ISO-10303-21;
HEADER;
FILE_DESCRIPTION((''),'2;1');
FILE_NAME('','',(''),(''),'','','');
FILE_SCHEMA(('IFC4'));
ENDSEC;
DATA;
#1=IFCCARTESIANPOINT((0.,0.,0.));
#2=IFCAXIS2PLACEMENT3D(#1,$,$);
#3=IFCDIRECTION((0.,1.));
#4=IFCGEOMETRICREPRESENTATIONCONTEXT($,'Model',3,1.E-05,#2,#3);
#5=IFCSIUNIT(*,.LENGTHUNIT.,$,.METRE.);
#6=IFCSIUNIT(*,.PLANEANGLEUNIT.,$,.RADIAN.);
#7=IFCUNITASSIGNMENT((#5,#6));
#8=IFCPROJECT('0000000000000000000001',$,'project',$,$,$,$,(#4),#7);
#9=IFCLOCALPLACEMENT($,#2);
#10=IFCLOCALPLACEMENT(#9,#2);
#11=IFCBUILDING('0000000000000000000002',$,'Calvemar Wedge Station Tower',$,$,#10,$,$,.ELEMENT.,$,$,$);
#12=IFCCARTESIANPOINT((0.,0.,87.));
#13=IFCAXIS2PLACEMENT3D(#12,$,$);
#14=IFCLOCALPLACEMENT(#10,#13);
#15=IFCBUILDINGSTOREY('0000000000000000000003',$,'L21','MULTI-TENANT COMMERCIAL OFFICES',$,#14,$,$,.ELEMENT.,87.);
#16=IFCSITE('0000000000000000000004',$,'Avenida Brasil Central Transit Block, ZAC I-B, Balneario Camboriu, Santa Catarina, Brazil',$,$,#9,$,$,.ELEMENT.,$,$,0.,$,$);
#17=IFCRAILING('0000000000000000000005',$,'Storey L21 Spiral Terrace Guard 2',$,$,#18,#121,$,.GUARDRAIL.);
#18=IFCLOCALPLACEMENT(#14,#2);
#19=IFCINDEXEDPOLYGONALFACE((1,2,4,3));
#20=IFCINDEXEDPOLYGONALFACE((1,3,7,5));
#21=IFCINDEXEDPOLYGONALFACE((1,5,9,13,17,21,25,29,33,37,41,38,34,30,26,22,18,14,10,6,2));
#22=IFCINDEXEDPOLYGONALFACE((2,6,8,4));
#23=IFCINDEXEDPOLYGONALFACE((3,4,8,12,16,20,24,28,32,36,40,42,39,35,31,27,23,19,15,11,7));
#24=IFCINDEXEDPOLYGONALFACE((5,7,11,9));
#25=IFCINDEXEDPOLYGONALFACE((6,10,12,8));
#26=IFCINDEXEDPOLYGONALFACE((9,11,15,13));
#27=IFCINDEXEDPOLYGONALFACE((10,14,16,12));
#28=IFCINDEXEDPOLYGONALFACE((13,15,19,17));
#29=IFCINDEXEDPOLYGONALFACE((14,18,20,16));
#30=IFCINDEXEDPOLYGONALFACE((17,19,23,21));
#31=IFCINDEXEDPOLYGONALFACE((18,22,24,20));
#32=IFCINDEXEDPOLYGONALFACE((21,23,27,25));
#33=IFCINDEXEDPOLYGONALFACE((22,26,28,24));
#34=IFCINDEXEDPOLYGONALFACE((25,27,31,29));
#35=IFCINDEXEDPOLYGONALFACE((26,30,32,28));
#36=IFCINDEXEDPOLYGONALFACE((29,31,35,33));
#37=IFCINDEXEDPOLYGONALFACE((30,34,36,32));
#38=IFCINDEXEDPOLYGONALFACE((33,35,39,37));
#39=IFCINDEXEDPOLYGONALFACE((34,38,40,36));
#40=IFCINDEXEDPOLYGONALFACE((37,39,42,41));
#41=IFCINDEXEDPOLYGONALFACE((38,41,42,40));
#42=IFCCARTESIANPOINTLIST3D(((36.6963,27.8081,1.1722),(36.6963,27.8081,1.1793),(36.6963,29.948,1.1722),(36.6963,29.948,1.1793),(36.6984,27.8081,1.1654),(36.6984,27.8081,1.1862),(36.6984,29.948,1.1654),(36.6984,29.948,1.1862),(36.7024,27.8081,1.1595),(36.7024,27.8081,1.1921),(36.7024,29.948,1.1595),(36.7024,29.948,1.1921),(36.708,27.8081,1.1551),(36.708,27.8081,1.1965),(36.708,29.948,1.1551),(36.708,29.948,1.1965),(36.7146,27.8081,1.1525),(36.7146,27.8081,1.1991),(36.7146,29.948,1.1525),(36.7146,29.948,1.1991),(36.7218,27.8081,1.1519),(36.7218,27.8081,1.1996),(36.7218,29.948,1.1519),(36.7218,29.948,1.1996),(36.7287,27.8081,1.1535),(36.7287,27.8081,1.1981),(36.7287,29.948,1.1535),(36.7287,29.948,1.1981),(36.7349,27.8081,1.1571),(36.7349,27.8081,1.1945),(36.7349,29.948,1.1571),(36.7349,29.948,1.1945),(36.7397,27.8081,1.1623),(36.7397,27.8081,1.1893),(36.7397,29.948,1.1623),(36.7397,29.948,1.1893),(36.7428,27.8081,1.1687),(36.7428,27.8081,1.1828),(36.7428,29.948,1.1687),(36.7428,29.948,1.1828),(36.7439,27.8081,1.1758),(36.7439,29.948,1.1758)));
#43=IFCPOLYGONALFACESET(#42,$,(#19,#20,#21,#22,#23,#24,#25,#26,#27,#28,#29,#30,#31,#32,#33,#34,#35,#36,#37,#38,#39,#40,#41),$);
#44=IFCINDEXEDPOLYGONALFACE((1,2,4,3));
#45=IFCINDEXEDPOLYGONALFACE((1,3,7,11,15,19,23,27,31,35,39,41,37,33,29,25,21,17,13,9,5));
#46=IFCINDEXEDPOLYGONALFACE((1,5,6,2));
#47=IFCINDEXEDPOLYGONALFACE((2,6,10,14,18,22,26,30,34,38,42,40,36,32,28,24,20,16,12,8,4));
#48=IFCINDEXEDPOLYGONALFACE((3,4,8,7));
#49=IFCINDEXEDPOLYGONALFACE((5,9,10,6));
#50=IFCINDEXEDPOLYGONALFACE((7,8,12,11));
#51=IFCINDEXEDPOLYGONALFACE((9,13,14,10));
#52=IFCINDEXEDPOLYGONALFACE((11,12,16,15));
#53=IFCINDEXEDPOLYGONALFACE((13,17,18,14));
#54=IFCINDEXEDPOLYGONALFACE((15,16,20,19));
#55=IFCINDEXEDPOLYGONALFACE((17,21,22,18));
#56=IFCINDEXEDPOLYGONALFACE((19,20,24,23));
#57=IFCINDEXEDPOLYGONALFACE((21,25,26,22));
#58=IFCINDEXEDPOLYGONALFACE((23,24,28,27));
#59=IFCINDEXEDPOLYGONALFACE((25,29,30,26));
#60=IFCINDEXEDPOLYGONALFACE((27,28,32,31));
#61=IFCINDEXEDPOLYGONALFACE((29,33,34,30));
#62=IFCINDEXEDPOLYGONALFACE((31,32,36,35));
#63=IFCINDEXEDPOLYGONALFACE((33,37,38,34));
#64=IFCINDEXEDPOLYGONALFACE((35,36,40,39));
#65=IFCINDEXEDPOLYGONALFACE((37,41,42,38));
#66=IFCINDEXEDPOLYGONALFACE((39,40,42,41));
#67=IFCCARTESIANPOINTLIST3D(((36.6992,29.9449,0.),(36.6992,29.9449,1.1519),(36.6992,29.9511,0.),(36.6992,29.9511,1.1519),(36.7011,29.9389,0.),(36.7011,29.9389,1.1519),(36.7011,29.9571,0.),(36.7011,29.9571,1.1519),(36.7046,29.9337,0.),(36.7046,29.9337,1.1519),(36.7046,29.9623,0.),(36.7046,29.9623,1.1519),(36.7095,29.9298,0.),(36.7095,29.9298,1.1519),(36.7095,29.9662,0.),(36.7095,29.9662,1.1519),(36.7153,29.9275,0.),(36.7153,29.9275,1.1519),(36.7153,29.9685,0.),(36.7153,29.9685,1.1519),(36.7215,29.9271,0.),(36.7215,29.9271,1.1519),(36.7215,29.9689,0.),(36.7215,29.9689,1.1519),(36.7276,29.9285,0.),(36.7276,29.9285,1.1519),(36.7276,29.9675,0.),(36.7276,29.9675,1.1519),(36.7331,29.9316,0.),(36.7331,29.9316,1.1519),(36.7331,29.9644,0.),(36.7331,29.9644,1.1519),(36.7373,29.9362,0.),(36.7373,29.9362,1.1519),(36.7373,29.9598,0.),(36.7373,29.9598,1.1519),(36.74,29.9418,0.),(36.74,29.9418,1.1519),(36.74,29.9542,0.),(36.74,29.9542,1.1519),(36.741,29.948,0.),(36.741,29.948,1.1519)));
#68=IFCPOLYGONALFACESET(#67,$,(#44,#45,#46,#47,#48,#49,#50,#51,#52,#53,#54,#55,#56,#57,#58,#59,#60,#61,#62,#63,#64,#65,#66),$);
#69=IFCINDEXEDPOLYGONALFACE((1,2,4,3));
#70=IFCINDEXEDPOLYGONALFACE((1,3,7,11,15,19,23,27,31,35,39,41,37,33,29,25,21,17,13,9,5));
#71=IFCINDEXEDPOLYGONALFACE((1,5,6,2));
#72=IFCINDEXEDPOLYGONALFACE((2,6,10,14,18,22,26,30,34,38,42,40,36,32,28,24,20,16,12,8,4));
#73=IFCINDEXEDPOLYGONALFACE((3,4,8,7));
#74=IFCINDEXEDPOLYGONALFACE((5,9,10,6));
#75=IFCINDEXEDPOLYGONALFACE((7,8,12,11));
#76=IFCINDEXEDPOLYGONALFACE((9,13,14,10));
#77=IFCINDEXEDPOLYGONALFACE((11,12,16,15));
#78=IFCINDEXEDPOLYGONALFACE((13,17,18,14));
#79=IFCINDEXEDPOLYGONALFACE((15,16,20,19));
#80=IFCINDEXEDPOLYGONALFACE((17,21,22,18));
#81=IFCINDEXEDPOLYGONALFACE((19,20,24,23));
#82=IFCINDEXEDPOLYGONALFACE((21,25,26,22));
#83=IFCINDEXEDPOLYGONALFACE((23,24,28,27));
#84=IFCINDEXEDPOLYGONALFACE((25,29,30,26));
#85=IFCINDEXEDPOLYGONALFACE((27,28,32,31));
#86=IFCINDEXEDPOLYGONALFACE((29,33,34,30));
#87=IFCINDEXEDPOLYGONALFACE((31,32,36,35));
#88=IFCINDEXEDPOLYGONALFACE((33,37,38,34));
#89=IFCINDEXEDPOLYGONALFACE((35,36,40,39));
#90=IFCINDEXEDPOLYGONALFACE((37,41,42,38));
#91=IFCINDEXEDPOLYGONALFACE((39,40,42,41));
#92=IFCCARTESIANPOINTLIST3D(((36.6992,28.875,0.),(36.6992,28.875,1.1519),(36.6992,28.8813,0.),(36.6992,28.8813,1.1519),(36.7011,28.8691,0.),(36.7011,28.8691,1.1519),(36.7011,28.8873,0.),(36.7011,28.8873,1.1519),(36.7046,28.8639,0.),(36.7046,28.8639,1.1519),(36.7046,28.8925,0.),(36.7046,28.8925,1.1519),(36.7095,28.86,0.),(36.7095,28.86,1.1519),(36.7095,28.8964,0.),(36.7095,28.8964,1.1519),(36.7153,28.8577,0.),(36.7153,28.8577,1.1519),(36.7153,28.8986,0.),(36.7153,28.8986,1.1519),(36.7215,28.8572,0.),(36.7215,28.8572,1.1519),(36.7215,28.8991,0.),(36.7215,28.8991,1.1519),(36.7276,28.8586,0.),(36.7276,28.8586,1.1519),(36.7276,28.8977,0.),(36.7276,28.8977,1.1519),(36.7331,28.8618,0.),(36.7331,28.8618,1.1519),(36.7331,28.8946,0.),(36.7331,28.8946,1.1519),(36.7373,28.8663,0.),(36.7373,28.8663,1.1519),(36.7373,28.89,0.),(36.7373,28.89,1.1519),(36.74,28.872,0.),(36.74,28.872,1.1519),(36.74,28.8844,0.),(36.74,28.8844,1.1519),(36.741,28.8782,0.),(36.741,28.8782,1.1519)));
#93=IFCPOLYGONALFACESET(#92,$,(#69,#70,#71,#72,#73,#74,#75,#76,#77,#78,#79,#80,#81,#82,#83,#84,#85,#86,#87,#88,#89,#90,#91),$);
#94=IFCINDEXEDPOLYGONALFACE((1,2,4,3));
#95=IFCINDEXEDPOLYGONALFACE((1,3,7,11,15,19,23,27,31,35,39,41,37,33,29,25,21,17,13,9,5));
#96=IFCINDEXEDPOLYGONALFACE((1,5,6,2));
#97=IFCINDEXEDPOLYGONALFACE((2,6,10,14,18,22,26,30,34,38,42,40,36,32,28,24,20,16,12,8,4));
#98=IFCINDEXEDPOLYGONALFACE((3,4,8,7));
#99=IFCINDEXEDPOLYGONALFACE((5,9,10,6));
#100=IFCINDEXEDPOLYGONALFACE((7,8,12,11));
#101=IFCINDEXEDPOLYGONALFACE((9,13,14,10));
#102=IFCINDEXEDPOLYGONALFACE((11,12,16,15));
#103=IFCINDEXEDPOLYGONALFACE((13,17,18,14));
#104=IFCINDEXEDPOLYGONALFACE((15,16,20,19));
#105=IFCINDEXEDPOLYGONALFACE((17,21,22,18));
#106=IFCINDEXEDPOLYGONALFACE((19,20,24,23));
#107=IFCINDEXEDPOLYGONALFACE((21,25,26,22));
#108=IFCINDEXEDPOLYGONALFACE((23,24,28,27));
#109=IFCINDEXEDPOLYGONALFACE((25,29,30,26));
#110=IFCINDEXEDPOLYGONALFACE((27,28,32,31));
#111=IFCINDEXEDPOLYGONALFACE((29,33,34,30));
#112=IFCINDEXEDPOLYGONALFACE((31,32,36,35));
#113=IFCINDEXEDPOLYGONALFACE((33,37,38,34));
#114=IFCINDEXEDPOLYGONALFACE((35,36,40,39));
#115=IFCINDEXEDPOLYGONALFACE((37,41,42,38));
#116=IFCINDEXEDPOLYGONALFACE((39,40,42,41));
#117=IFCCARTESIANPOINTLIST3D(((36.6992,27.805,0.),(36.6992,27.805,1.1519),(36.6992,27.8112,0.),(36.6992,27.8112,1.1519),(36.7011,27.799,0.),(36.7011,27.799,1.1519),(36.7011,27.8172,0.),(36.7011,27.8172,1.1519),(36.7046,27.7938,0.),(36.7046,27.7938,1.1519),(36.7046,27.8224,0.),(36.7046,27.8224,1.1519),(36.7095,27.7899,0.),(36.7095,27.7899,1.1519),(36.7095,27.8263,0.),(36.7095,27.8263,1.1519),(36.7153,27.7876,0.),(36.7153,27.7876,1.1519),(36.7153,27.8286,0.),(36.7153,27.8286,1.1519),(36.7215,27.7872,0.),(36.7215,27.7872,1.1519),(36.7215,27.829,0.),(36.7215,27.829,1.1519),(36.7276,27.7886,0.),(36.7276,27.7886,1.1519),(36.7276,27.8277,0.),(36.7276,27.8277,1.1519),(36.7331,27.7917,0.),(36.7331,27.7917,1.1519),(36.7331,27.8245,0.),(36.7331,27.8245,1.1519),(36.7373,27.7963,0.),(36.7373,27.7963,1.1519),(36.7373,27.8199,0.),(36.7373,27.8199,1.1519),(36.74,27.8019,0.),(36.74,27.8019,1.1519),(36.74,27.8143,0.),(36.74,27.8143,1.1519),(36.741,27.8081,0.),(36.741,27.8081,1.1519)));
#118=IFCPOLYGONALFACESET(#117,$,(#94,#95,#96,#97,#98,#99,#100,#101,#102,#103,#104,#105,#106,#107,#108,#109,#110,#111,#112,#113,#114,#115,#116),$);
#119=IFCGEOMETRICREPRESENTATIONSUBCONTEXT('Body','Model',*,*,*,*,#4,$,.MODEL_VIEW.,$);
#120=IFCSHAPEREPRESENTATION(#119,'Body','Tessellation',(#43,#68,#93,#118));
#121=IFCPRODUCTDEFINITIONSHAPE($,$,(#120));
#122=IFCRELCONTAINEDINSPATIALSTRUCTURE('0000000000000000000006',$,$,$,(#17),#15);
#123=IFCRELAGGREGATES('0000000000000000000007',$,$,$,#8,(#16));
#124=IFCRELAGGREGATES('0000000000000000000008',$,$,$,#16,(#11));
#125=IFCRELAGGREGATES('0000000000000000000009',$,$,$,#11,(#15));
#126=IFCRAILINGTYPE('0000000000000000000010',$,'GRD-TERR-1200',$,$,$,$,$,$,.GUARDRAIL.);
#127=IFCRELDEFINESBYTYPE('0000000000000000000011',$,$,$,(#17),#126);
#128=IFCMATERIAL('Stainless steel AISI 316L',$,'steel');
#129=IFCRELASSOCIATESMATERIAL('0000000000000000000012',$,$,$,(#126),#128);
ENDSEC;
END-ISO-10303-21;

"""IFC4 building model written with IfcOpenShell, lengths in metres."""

from ifc_helpers import new_model, si_unit, direction, frame, origin, origin_2d, place, context, subcontext, project, spatial, circle, extrude, material, type_object, element, save


model = new_model("IFC4")

# Units and contexts
model_context = context("Model", 3, precision=1e-05, world=origin(), true_north=direction((0.0, 1.0)))
body_context = subcontext(model_context, "Body", "Model", "MODEL_VIEW")
ifc_project = project(units=[si_unit("LENGTHUNIT", "METRE"), si_unit("PLANEANGLEUNIT", "RADIAN")], contexts=[model_context])

# Site, building, storey
site_placement = place(None, origin())
site = spatial("IfcSite", under=ifc_project, at=site_placement, Name="Avenida Brasil Central Transit Block, ZAC I-B, Balneario Camboriu, Santa Catarina, Brazil", CompositionType="ELEMENT", RefElevation=0.0)
building_placement = place(site_placement, origin())
building = spatial("IfcBuilding", under=site, at=building_placement, Name="Calvemar Wedge Station Tower", CompositionType="ELEMENT")
storey_placement = place(building_placement, frame((0.0, 0.0, 87.0)))
storey = spatial("IfcBuildingStorey", under=building, at=storey_placement, Name="L21", Description="MULTI-TENANT COMMERCIAL OFFICES", CompositionType="ELEMENT", Elevation=87.0)

# Railing
ifc_material_1 = material(Name="Stainless steel AISI 316L", Category="steel")
railing_type = type_object("IfcRailingType", Name="GRD-TERR-1200", PredefinedType="GUARDRAIL", material=ifc_material_1)
railing_1_placement = place(storey_placement, frame((36.72, 29.948, 0.0)))
element("IfcRailing", 1, at=railing_1_placement, inside=storey, type_object=railing_type, Name="Storey L21 Spiral Terrace Guard 2", PredefinedType="GUARDRAIL", context=body_context, shape_type="SweptSolid", body=[
    extrude(circle(Radius=0.0239, at=origin_2d()), frame((0.0, 0.0, 1.1758), z_axis=(0.0, -1.0, 0.0), x_axis=(1.0, 0.0, 0.0)), (0.0, 0.0, 1.0), 2.1399),
    extrude(circle(Radius=0.021, at=origin_2d()), origin(), (0.0, 0.0, 1.0), 1.1519),
    extrude(circle(Radius=0.021, at=origin_2d()), frame((0.0, -1.0698, 0.0)), (0.0, 0.0, 1.0), 1.1519),
    extrude(circle(Radius=0.021, at=origin_2d()), frame((0.0, -2.1399, 0.0)), (0.0, 0.0, 1.0), 1.1519),
])

save(model, "model.ifc")
